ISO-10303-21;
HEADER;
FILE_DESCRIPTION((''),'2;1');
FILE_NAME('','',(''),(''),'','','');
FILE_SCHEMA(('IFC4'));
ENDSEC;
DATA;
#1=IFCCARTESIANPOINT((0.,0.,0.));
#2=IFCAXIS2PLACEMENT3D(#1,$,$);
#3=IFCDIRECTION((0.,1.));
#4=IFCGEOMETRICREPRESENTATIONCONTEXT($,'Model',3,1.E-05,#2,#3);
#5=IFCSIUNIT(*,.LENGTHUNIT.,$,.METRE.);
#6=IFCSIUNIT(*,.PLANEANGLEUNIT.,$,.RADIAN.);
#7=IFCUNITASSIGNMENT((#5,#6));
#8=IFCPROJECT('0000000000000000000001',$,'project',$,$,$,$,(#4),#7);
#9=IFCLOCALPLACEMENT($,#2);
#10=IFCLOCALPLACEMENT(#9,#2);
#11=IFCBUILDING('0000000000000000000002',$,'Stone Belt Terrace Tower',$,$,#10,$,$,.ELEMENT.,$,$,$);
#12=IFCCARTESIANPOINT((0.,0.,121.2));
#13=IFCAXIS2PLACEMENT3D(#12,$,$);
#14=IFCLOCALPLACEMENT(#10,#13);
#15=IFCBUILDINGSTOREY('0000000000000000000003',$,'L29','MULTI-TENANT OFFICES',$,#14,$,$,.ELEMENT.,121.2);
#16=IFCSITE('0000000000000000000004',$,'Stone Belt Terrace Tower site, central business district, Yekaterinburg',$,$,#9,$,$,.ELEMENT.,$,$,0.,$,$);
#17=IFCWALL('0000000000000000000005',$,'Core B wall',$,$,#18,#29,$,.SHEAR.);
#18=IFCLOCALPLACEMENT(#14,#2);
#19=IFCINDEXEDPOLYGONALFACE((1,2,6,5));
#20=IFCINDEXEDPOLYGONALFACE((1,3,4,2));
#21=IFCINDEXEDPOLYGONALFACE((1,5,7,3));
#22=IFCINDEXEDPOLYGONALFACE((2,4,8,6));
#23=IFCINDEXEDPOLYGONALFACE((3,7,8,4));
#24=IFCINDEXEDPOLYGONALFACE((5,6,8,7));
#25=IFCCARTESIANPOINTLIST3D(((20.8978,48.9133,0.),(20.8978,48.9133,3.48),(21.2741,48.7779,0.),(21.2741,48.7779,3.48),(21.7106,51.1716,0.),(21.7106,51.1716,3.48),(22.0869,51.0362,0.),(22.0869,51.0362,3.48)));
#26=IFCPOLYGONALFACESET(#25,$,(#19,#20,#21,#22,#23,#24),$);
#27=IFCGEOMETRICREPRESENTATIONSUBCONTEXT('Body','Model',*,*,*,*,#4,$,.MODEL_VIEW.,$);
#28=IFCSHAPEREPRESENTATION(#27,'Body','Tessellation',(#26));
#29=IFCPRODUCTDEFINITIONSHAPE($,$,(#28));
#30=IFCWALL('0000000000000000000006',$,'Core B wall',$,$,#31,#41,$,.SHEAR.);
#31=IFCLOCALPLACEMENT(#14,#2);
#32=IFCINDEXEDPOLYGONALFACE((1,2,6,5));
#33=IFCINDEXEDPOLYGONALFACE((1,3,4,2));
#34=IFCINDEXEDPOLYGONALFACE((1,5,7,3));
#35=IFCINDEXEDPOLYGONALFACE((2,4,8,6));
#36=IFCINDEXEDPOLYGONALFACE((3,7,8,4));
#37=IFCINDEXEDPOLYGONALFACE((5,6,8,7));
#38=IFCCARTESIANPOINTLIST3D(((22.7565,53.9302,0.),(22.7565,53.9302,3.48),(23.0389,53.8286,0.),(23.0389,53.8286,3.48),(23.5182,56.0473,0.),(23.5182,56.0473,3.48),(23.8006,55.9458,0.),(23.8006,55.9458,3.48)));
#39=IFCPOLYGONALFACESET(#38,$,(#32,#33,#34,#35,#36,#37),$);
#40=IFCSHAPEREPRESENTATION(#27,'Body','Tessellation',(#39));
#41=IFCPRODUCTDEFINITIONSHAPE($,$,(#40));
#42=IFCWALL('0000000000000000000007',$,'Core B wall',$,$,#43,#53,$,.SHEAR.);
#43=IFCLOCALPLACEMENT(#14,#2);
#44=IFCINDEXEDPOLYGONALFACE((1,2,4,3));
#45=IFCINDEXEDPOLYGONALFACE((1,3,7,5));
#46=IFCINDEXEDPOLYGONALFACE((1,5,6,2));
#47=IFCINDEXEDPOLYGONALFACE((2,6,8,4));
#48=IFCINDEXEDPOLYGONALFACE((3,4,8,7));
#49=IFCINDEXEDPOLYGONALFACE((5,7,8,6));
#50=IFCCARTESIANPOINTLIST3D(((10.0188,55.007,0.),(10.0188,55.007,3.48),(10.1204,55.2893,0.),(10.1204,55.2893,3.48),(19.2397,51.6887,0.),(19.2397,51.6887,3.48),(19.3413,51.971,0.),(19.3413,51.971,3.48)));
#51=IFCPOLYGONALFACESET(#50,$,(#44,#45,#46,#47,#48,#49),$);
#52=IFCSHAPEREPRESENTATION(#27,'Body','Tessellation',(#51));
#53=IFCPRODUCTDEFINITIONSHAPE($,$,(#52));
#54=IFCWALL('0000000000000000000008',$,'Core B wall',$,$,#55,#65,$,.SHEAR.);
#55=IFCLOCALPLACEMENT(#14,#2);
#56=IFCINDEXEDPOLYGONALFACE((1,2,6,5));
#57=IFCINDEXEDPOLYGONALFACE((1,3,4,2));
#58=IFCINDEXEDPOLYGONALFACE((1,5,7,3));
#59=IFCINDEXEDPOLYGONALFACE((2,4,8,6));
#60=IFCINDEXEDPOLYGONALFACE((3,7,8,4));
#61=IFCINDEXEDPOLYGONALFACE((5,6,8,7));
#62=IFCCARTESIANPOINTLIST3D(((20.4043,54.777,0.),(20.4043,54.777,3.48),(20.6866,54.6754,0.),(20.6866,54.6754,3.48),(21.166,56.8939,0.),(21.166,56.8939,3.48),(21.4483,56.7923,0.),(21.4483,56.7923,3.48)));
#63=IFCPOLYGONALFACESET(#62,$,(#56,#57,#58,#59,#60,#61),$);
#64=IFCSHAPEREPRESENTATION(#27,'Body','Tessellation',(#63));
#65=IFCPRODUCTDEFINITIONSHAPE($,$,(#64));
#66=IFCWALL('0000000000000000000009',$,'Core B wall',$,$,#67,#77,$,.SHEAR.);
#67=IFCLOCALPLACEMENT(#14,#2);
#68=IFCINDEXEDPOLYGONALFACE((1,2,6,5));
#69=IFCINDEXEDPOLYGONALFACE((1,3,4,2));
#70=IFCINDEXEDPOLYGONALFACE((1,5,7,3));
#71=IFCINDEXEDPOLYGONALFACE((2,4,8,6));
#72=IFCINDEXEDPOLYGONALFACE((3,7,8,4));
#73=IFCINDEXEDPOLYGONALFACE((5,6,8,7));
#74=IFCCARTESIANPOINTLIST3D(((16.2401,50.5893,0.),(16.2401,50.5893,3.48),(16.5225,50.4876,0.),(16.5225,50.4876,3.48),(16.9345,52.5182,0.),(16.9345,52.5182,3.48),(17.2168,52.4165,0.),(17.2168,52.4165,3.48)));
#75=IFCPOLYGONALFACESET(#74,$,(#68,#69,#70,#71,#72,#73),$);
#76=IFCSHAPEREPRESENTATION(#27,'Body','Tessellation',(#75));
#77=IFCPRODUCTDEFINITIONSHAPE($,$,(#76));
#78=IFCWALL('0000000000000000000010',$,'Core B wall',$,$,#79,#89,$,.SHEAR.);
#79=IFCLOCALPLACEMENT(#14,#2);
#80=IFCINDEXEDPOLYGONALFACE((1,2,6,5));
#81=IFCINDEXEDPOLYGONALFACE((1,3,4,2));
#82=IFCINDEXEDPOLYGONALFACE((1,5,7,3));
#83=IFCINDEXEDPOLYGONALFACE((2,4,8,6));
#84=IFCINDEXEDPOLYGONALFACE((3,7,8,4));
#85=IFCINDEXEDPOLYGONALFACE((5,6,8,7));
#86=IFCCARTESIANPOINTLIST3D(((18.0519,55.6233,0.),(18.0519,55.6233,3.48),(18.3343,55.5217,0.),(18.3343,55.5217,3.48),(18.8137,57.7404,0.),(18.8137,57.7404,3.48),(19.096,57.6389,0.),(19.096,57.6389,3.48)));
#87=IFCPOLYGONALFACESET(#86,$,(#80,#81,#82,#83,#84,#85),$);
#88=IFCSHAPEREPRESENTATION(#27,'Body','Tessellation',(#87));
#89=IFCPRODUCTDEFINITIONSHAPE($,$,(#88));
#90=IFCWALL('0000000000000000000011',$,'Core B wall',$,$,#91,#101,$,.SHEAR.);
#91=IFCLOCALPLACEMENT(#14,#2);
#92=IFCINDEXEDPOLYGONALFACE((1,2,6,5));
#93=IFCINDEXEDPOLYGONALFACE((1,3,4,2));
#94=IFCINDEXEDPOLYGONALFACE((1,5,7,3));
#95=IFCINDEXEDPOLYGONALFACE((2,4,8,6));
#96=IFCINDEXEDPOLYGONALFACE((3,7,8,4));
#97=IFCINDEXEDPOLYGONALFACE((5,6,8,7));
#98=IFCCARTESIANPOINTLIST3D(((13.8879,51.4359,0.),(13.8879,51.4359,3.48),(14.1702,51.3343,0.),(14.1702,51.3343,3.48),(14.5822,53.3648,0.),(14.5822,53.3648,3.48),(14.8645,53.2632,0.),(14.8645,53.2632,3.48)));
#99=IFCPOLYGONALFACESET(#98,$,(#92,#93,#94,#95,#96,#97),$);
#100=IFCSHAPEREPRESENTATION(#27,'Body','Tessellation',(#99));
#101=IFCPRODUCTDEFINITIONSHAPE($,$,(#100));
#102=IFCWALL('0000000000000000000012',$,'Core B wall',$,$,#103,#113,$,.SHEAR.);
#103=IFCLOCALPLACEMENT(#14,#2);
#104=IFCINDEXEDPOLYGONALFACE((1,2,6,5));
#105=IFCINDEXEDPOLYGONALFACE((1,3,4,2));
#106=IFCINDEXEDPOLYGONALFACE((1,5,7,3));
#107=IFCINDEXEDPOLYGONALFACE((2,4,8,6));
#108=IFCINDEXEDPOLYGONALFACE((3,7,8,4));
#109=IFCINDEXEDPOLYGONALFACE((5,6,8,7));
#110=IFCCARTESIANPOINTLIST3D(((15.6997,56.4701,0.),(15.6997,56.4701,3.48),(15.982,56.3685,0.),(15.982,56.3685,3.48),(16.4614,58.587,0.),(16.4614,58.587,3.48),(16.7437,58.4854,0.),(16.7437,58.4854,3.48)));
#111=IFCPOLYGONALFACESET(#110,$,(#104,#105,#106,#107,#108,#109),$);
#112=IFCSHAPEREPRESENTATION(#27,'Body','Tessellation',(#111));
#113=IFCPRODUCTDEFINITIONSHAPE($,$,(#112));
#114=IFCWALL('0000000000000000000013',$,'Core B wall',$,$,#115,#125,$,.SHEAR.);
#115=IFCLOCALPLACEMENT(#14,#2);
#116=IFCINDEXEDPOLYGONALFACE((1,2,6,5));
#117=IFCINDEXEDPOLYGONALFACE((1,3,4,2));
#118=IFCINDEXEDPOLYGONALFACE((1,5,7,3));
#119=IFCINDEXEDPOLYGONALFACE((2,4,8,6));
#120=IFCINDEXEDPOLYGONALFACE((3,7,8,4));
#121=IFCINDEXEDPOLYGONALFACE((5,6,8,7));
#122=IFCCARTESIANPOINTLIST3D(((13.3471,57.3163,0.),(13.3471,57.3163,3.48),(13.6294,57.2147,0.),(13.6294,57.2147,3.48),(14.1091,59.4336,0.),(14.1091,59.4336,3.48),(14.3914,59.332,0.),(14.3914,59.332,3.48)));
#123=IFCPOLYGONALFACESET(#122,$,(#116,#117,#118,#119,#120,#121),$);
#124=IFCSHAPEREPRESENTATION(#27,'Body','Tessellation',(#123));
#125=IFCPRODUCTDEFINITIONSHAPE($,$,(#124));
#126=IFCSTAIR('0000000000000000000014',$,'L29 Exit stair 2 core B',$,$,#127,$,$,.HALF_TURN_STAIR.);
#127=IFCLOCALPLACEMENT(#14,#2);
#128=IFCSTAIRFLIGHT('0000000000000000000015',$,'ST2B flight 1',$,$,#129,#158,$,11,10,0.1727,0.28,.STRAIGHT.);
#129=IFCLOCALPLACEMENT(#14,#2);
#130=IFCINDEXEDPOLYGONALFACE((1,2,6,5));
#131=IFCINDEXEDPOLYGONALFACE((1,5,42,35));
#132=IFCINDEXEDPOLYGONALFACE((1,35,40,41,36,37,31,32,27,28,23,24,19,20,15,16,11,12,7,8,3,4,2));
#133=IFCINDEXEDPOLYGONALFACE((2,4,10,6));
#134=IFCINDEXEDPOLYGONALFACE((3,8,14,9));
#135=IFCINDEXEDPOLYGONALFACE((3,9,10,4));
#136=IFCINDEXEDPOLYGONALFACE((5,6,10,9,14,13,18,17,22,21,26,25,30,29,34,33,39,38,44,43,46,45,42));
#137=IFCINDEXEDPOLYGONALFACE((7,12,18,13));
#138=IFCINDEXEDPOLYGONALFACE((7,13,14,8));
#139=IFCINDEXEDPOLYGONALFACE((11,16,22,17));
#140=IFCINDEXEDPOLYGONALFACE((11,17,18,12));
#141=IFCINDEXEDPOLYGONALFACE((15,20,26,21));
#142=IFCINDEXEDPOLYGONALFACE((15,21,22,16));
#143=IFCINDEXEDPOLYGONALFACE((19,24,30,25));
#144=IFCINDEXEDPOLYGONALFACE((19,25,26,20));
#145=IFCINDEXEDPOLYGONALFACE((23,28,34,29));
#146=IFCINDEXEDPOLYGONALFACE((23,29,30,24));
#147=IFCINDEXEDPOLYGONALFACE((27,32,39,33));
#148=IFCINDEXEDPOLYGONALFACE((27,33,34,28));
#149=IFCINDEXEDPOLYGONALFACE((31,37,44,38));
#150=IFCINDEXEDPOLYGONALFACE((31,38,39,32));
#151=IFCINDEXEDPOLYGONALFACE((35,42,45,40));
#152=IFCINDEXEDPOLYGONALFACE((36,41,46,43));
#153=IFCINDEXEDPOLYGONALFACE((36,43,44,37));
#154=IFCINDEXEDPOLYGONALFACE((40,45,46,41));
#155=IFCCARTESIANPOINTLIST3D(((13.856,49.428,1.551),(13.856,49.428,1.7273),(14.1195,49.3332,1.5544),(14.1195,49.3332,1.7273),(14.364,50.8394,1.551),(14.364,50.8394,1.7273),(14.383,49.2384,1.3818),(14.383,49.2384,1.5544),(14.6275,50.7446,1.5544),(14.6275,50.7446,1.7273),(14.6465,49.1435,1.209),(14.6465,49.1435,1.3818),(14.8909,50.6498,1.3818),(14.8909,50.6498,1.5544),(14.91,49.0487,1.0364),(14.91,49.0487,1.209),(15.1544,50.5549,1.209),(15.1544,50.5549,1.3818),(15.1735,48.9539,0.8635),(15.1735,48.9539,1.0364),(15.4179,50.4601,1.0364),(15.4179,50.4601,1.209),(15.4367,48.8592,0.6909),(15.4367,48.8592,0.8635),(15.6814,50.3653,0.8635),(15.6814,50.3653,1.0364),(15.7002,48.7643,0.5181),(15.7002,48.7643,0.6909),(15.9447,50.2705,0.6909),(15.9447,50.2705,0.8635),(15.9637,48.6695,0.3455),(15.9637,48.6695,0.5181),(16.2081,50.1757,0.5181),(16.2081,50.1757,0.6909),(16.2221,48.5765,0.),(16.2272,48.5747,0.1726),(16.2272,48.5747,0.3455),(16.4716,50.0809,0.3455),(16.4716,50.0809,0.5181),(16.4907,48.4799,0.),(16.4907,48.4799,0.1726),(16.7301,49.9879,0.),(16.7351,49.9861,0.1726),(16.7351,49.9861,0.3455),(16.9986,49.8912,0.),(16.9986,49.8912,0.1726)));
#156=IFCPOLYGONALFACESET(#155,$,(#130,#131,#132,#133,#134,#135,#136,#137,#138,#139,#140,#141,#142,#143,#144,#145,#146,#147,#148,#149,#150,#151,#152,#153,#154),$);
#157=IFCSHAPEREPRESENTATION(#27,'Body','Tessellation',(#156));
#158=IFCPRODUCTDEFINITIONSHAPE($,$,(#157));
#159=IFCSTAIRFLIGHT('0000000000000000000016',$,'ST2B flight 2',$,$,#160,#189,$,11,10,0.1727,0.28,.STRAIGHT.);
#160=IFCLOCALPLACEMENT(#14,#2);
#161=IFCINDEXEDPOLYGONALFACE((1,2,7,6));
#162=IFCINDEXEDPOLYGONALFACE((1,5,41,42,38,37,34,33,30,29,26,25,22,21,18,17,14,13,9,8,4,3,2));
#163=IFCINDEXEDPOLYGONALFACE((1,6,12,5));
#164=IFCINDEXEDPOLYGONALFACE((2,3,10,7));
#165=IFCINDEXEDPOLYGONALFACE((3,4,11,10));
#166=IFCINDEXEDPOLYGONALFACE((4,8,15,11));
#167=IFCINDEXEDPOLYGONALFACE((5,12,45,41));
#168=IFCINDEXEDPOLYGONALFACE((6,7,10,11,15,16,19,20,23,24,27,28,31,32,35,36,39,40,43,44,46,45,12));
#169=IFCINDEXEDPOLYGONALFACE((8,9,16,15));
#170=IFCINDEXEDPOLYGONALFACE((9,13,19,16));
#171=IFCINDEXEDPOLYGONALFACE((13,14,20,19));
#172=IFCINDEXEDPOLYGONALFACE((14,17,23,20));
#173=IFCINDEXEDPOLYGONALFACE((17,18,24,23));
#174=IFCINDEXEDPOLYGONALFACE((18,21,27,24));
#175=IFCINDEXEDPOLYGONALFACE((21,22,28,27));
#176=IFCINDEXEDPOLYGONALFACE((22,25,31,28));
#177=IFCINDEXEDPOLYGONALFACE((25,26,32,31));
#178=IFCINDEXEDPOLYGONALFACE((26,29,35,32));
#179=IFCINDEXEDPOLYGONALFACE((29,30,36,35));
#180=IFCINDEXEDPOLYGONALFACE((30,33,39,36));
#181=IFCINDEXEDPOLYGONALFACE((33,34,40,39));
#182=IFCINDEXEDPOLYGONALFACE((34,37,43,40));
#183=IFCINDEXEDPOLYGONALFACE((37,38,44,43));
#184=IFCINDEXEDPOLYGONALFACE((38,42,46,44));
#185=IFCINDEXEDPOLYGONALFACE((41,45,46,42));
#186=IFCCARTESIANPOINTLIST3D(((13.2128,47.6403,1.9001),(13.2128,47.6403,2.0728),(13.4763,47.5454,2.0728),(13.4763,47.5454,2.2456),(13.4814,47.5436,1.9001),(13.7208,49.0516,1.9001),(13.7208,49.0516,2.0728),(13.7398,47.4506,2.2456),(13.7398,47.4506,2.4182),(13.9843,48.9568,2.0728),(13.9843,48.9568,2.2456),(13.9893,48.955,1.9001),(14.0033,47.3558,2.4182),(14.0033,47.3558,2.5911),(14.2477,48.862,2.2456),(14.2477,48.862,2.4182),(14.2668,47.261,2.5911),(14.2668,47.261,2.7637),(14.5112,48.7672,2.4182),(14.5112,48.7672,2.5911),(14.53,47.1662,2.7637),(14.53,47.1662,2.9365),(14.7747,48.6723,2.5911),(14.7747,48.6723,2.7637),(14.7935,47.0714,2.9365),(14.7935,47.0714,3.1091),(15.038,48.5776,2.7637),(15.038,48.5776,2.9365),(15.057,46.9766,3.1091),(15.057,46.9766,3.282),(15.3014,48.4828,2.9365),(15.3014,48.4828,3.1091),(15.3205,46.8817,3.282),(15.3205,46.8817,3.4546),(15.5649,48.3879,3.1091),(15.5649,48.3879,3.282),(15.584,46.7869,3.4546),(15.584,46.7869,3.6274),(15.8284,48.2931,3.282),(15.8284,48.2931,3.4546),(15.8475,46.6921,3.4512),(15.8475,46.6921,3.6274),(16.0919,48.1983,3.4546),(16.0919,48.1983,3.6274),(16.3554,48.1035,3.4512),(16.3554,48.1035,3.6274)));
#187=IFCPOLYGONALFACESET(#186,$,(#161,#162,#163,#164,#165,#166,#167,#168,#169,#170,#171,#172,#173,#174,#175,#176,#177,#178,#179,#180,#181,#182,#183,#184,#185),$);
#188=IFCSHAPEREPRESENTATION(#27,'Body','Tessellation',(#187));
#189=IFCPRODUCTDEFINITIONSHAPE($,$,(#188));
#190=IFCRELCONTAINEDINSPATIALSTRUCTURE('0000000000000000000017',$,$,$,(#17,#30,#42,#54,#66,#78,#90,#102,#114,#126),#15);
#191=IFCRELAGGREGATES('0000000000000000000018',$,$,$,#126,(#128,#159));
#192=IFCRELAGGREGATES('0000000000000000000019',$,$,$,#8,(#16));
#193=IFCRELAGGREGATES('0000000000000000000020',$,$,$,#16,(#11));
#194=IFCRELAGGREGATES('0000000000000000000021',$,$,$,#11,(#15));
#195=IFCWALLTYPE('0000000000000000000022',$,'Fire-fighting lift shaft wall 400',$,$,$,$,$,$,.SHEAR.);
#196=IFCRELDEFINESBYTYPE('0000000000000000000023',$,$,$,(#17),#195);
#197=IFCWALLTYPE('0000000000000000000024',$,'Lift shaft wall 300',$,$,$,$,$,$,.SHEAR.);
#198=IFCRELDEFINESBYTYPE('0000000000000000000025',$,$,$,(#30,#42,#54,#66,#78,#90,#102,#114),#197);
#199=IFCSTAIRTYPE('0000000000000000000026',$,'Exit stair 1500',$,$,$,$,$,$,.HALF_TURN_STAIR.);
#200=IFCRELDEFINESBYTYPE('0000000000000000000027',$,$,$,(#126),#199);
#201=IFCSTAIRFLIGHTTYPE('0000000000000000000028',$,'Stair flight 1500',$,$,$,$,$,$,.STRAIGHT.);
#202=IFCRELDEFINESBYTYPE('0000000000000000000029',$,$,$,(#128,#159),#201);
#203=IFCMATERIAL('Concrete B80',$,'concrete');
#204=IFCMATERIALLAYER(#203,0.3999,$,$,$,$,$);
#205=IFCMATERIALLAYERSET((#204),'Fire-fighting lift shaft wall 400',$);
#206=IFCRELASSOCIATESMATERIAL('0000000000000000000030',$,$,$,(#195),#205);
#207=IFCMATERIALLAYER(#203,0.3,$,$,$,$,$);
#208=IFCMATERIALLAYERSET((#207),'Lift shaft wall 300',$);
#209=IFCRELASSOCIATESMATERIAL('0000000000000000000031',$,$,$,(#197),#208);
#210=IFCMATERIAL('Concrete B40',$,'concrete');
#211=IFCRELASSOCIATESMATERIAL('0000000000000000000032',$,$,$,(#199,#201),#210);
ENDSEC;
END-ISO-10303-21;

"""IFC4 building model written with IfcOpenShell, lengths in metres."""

from ifc_helpers import new_model, si_unit, direction, frame, frame_2d, origin, place, context, subcontext, project, spatial, polyline, rectangle, outline, extrude, material, layer, layer_set, type_object, element, aggregate, save


model = new_model("IFC4")

# Units and contexts
model_context = context("Model", 3, precision=1e-05, world=origin(), true_north=direction((0.0, 1.0)))
body_context = subcontext(model_context, "Body", "Model", "MODEL_VIEW")
ifc_project = project(units=[si_unit("LENGTHUNIT", "METRE"), si_unit("PLANEANGLEUNIT", "RADIAN")], contexts=[model_context])

# Site, building, storey
site_placement = place(None, origin())
site = spatial("IfcSite", under=ifc_project, at=site_placement, Name="Stone Belt Terrace Tower site, central business district, Yekaterinburg", CompositionType="ELEMENT", RefElevation=0.0)
building_placement = place(site_placement, origin())
building = spatial("IfcBuilding", under=site, at=building_placement, Name="Stone Belt Terrace Tower", CompositionType="ELEMENT")
storey_placement = place(building_placement, frame((0.0, 0.0, 121.2)))
storey = spatial("IfcBuildingStorey", under=building, at=storey_placement, Name="L29", Description="MULTI-TENANT OFFICES", CompositionType="ELEMENT", Elevation=121.2)

# Shared definitions
ifc_material_1 = material(Name="Concrete B80", Category="concrete")

# Walls
ifc_layer_1 = layer(ifc_material_1, 0.3999)
ifc_layer_set_1 = layer_set([ifc_layer_1], Name="Fire-fighting lift shaft wall 400")
wall_type_1 = type_object("IfcWallType", Name="Fire-fighting lift shaft wall 400", PredefinedType="SHEAR", material=ifc_layer_set_1)
wall_1_placement = place(storey_placement, frame((21.0859, 48.8455, 0.0), z_axis=(0.0, 0.0, 1.0), x_axis=(0.338629, 0.94092, 0.0)))
element("IfcWall", 1, at=wall_1_placement, inside=storey, type_object=wall_type_1, Name="Core B wall", PredefinedType="SHEAR", context=body_context, shape_type="SweptSolid", body=[
    extrude(rectangle(XDim=2.4001, YDim=0.3999, at=frame_2d((1.2002, 0.0))), origin(), (0.0, 0.0, 1.0), 3.48),
])
ifc_layer_2 = layer(ifc_material_1, 0.3)
ifc_layer_set_2 = layer_set([ifc_layer_2], Name="Lift shaft wall 300")
wall_type_2 = type_object("IfcWallType", Name="Lift shaft wall 300", PredefinedType="SHEAR", material=ifc_layer_set_2)
wall_2_placement = place(storey_placement, frame((22.8977, 53.8794, 0.0), z_axis=(0.0, 0.0, 1.0), x_axis=(0.338535, 0.940954, 0.0)))
element("IfcWall", 2, at=wall_2_placement, inside=storey, type_object=wall_type_2, Name="Core B wall", PredefinedType="SHEAR", context=body_context, shape_type="SweptSolid", body=[
    extrude(rectangle(XDim=2.25, YDim=0.3, at=frame_2d((1.125, 0.0))), origin(), (0.0, 0.0, 1.0), 3.48),
])
wall_3_placement = place(storey_placement, frame((19.2905, 51.8298, 0.0), z_axis=(0.0, 0.0, 1.0), x_axis=(-0.940926, 0.338613, 0.0)))
element("IfcWall", 3, at=wall_3_placement, inside=storey, type_object=wall_type_2, Name="Core B wall", PredefinedType="SHEAR", context=body_context, shape_type="SweptSolid", body=[
    extrude(rectangle(XDim=9.7998, YDim=0.3, at=frame_2d((4.8999, 0.0))), origin(), (0.0, 0.0, 1.0), 3.48),
])
wall_4_placement = place(storey_placement, frame((20.5454, 54.7261, 0.0), z_axis=(0.0, 0.0, 1.0), x_axis=(0.33857, 0.940941, 0.0)))
element("IfcWall", 4, at=wall_4_placement, inside=storey, type_object=wall_type_2, Name="Core B wall", PredefinedType="SHEAR", context=body_context, shape_type="SweptSolid", body=[
    extrude(rectangle(XDim=2.2498, YDim=0.3, at=frame_2d((1.125, 0.0))), origin(), (0.0, 0.0, 1.0), 3.48),
])
wall_5_placement = place(storey_placement, frame((16.3813, 50.5386, 0.0), z_axis=(0.0, 0.0, 1.0), x_axis=(0.338682, 0.940901, 0.0)))
element("IfcWall", 5, at=wall_5_placement, inside=storey, type_object=wall_type_2, Name="Core B wall", PredefinedType="SHEAR", context=body_context, shape_type="SweptSolid", body=[
    extrude(rectangle(XDim=2.05, YDim=0.3, at=frame_2d((1.0249, 0.0))), origin(), (0.0, 0.0, 1.0), 3.48),
])
wall_6_placement = place(storey_placement, frame((18.1931, 55.5725, 0.0), z_axis=(0.0, 0.0, 1.0), x_axis=(0.338535, 0.940954, 0.0)))
element("IfcWall", 6, at=wall_6_placement, inside=storey, type_object=wall_type_2, Name="Core B wall", PredefinedType="SHEAR", context=body_context, shape_type="SweptSolid", body=[
    extrude(rectangle(XDim=2.25, YDim=0.3, at=frame_2d((1.125, 0.0))), origin(), (0.0, 0.0, 1.0), 3.48),
])
wall_7_placement = place(storey_placement, frame((14.0291, 51.3853, 0.0), z_axis=(0.0, 0.0, 1.0), x_axis=(0.338682, 0.940901, 0.0)))
element("IfcWall", 7, at=wall_7_placement, inside=storey, type_object=wall_type_2, Name="Core B wall", PredefinedType="SHEAR", context=body_context, shape_type="SweptSolid", body=[
    extrude(rectangle(XDim=2.05, YDim=0.3, at=frame_2d((1.0249, 0.0))), origin(), (0.0, 0.0, 1.0), 3.48),
])
wall_8_placement = place(storey_placement, frame((15.8408, 56.4192, 0.0), z_axis=(0.0, 0.0, 1.0), x_axis=(0.33857, 0.940941, 0.0)))
element("IfcWall", 8, at=wall_8_placement, inside=storey, type_object=wall_type_2, Name="Core B wall", PredefinedType="SHEAR", context=body_context, shape_type="SweptSolid", body=[
    extrude(rectangle(XDim=2.2498, YDim=0.3, at=frame_2d((1.125, 0.0))), origin(), (0.0, 0.0, 1.0), 3.48),
])
wall_9_placement = place(storey_placement, frame((13.4883, 57.2656, 0.0), z_axis=(0.0, 0.0, 1.0), x_axis=(0.338631, 0.940919, 0.0)))
element("IfcWall", 9, at=wall_9_placement, inside=storey, type_object=wall_type_2, Name="Core B wall", PredefinedType="SHEAR", context=body_context, shape_type="SweptSolid", body=[
    extrude(rectangle(XDim=2.2502, YDim=0.3, at=frame_2d((1.125, 0.0))), origin(), (0.0, 0.0, 1.0), 3.48),
])

# Stair, stair flights
ifc_material_2 = material(Name="Concrete B40", Category="concrete")
stair_type = type_object("IfcStairType", Name="Exit stair 1500", PredefinedType="HALF_TURN_STAIR", material=ifc_material_2)
stair_placement = place(storey_placement, origin())
stair = element("IfcStair", 10, at=stair_placement, inside=storey, type_object=stair_type, Name="L29 Exit stair 2 core B", PredefinedType="HALF_TURN_STAIR")
stair_flight_type = type_object("IfcStairFlightType", Name="Stair flight 1500", PredefinedType="STRAIGHT", material=ifc_material_2)
stair_flight_1_placement = place(storey_placement, frame((16.7446, 49.1855, 0.0), z_axis=(0.0, 0.0, 1.0), x_axis=(-0.940922, 0.338624, 0.0)))
stair_flight_1 = element("IfcStairFlight", 11, at=stair_flight_1_placement, type_object=stair_flight_type, Name="ST2B flight 1", NumberOfRisers=11, NumberOfTreads=10, PredefinedType="STRAIGHT", RiserHeight=0.1727, TreadLength=0.28, context=body_context, shape_type="SweptSolid", body=[
    extrude(outline(polyline([(0.0, 0.0), (0.0, 0.1726), (0.28, 0.1726), (0.28, 0.3455), (0.5601, 0.3455), (0.5601, 0.5181), (0.8401, 0.5181), (0.8401, 0.6909), (1.1201, 0.6909), (1.1201, 0.8635), (1.3999, 0.8635), (1.3999, 1.0364), (1.6799, 1.0364), (1.6799, 1.209), (1.96, 1.209), (1.96, 1.3818), (2.24, 1.3818), (2.24, 1.5544), (2.52, 1.5544), (2.52, 1.7273), (2.8, 1.7273), (2.8, 1.8999), (2.8, 1.551), (0.2854, 0.0), (0.0, 0.0)])), frame((0.0, 0.75, 0.0), z_axis=(0.0, -1.0, 0.0), x_axis=(1.0, 0.0, 0.0)), (0.0, 0.0, 1.0), 1.5),
])
stair_flight_2_placement = place(storey_placement, frame((13.4668, 48.3459, 1.9001), z_axis=(0.0, 0.0, 1.0), x_axis=(0.940922, -0.338624, 0.0)))
stair_flight_2 = element("IfcStairFlight", 12, at=stair_flight_2_placement, type_object=stair_flight_type, Name="ST2B flight 2", NumberOfRisers=11, NumberOfTreads=10, PredefinedType="STRAIGHT", RiserHeight=0.1727, TreadLength=0.28, context=body_context, shape_type="SweptSolid", body=[
    extrude(outline(polyline([(0.0, 0.0), (0.0, 0.1726), (0.28, 0.1726), (0.28, 0.3455), (0.5601, 0.3455), (0.5601, 0.5181), (0.8401, 0.5181), (0.8401, 0.6909), (1.1201, 0.6909), (1.1201, 0.8635), (1.3999, 0.8635), (1.3999, 1.0364), (1.6799, 1.0364), (1.6799, 1.209), (1.96, 1.209), (1.96, 1.3818), (2.24, 1.3818), (2.24, 1.5544), (2.52, 1.5544), (2.52, 1.7273), (2.8, 1.7273), (2.8, 1.8999), (2.8, 1.551), (0.2854, 0.0), (0.0, 0.0)])), frame((0.0, 0.75, 0.0), z_axis=(0.0, -1.0, 0.0), x_axis=(1.0, 0.0, 0.0)), (0.0, 0.0, 1.0), 1.5),
])
aggregate(stair, [stair_flight_1, stair_flight_2])

save(model, "model.ifc")
